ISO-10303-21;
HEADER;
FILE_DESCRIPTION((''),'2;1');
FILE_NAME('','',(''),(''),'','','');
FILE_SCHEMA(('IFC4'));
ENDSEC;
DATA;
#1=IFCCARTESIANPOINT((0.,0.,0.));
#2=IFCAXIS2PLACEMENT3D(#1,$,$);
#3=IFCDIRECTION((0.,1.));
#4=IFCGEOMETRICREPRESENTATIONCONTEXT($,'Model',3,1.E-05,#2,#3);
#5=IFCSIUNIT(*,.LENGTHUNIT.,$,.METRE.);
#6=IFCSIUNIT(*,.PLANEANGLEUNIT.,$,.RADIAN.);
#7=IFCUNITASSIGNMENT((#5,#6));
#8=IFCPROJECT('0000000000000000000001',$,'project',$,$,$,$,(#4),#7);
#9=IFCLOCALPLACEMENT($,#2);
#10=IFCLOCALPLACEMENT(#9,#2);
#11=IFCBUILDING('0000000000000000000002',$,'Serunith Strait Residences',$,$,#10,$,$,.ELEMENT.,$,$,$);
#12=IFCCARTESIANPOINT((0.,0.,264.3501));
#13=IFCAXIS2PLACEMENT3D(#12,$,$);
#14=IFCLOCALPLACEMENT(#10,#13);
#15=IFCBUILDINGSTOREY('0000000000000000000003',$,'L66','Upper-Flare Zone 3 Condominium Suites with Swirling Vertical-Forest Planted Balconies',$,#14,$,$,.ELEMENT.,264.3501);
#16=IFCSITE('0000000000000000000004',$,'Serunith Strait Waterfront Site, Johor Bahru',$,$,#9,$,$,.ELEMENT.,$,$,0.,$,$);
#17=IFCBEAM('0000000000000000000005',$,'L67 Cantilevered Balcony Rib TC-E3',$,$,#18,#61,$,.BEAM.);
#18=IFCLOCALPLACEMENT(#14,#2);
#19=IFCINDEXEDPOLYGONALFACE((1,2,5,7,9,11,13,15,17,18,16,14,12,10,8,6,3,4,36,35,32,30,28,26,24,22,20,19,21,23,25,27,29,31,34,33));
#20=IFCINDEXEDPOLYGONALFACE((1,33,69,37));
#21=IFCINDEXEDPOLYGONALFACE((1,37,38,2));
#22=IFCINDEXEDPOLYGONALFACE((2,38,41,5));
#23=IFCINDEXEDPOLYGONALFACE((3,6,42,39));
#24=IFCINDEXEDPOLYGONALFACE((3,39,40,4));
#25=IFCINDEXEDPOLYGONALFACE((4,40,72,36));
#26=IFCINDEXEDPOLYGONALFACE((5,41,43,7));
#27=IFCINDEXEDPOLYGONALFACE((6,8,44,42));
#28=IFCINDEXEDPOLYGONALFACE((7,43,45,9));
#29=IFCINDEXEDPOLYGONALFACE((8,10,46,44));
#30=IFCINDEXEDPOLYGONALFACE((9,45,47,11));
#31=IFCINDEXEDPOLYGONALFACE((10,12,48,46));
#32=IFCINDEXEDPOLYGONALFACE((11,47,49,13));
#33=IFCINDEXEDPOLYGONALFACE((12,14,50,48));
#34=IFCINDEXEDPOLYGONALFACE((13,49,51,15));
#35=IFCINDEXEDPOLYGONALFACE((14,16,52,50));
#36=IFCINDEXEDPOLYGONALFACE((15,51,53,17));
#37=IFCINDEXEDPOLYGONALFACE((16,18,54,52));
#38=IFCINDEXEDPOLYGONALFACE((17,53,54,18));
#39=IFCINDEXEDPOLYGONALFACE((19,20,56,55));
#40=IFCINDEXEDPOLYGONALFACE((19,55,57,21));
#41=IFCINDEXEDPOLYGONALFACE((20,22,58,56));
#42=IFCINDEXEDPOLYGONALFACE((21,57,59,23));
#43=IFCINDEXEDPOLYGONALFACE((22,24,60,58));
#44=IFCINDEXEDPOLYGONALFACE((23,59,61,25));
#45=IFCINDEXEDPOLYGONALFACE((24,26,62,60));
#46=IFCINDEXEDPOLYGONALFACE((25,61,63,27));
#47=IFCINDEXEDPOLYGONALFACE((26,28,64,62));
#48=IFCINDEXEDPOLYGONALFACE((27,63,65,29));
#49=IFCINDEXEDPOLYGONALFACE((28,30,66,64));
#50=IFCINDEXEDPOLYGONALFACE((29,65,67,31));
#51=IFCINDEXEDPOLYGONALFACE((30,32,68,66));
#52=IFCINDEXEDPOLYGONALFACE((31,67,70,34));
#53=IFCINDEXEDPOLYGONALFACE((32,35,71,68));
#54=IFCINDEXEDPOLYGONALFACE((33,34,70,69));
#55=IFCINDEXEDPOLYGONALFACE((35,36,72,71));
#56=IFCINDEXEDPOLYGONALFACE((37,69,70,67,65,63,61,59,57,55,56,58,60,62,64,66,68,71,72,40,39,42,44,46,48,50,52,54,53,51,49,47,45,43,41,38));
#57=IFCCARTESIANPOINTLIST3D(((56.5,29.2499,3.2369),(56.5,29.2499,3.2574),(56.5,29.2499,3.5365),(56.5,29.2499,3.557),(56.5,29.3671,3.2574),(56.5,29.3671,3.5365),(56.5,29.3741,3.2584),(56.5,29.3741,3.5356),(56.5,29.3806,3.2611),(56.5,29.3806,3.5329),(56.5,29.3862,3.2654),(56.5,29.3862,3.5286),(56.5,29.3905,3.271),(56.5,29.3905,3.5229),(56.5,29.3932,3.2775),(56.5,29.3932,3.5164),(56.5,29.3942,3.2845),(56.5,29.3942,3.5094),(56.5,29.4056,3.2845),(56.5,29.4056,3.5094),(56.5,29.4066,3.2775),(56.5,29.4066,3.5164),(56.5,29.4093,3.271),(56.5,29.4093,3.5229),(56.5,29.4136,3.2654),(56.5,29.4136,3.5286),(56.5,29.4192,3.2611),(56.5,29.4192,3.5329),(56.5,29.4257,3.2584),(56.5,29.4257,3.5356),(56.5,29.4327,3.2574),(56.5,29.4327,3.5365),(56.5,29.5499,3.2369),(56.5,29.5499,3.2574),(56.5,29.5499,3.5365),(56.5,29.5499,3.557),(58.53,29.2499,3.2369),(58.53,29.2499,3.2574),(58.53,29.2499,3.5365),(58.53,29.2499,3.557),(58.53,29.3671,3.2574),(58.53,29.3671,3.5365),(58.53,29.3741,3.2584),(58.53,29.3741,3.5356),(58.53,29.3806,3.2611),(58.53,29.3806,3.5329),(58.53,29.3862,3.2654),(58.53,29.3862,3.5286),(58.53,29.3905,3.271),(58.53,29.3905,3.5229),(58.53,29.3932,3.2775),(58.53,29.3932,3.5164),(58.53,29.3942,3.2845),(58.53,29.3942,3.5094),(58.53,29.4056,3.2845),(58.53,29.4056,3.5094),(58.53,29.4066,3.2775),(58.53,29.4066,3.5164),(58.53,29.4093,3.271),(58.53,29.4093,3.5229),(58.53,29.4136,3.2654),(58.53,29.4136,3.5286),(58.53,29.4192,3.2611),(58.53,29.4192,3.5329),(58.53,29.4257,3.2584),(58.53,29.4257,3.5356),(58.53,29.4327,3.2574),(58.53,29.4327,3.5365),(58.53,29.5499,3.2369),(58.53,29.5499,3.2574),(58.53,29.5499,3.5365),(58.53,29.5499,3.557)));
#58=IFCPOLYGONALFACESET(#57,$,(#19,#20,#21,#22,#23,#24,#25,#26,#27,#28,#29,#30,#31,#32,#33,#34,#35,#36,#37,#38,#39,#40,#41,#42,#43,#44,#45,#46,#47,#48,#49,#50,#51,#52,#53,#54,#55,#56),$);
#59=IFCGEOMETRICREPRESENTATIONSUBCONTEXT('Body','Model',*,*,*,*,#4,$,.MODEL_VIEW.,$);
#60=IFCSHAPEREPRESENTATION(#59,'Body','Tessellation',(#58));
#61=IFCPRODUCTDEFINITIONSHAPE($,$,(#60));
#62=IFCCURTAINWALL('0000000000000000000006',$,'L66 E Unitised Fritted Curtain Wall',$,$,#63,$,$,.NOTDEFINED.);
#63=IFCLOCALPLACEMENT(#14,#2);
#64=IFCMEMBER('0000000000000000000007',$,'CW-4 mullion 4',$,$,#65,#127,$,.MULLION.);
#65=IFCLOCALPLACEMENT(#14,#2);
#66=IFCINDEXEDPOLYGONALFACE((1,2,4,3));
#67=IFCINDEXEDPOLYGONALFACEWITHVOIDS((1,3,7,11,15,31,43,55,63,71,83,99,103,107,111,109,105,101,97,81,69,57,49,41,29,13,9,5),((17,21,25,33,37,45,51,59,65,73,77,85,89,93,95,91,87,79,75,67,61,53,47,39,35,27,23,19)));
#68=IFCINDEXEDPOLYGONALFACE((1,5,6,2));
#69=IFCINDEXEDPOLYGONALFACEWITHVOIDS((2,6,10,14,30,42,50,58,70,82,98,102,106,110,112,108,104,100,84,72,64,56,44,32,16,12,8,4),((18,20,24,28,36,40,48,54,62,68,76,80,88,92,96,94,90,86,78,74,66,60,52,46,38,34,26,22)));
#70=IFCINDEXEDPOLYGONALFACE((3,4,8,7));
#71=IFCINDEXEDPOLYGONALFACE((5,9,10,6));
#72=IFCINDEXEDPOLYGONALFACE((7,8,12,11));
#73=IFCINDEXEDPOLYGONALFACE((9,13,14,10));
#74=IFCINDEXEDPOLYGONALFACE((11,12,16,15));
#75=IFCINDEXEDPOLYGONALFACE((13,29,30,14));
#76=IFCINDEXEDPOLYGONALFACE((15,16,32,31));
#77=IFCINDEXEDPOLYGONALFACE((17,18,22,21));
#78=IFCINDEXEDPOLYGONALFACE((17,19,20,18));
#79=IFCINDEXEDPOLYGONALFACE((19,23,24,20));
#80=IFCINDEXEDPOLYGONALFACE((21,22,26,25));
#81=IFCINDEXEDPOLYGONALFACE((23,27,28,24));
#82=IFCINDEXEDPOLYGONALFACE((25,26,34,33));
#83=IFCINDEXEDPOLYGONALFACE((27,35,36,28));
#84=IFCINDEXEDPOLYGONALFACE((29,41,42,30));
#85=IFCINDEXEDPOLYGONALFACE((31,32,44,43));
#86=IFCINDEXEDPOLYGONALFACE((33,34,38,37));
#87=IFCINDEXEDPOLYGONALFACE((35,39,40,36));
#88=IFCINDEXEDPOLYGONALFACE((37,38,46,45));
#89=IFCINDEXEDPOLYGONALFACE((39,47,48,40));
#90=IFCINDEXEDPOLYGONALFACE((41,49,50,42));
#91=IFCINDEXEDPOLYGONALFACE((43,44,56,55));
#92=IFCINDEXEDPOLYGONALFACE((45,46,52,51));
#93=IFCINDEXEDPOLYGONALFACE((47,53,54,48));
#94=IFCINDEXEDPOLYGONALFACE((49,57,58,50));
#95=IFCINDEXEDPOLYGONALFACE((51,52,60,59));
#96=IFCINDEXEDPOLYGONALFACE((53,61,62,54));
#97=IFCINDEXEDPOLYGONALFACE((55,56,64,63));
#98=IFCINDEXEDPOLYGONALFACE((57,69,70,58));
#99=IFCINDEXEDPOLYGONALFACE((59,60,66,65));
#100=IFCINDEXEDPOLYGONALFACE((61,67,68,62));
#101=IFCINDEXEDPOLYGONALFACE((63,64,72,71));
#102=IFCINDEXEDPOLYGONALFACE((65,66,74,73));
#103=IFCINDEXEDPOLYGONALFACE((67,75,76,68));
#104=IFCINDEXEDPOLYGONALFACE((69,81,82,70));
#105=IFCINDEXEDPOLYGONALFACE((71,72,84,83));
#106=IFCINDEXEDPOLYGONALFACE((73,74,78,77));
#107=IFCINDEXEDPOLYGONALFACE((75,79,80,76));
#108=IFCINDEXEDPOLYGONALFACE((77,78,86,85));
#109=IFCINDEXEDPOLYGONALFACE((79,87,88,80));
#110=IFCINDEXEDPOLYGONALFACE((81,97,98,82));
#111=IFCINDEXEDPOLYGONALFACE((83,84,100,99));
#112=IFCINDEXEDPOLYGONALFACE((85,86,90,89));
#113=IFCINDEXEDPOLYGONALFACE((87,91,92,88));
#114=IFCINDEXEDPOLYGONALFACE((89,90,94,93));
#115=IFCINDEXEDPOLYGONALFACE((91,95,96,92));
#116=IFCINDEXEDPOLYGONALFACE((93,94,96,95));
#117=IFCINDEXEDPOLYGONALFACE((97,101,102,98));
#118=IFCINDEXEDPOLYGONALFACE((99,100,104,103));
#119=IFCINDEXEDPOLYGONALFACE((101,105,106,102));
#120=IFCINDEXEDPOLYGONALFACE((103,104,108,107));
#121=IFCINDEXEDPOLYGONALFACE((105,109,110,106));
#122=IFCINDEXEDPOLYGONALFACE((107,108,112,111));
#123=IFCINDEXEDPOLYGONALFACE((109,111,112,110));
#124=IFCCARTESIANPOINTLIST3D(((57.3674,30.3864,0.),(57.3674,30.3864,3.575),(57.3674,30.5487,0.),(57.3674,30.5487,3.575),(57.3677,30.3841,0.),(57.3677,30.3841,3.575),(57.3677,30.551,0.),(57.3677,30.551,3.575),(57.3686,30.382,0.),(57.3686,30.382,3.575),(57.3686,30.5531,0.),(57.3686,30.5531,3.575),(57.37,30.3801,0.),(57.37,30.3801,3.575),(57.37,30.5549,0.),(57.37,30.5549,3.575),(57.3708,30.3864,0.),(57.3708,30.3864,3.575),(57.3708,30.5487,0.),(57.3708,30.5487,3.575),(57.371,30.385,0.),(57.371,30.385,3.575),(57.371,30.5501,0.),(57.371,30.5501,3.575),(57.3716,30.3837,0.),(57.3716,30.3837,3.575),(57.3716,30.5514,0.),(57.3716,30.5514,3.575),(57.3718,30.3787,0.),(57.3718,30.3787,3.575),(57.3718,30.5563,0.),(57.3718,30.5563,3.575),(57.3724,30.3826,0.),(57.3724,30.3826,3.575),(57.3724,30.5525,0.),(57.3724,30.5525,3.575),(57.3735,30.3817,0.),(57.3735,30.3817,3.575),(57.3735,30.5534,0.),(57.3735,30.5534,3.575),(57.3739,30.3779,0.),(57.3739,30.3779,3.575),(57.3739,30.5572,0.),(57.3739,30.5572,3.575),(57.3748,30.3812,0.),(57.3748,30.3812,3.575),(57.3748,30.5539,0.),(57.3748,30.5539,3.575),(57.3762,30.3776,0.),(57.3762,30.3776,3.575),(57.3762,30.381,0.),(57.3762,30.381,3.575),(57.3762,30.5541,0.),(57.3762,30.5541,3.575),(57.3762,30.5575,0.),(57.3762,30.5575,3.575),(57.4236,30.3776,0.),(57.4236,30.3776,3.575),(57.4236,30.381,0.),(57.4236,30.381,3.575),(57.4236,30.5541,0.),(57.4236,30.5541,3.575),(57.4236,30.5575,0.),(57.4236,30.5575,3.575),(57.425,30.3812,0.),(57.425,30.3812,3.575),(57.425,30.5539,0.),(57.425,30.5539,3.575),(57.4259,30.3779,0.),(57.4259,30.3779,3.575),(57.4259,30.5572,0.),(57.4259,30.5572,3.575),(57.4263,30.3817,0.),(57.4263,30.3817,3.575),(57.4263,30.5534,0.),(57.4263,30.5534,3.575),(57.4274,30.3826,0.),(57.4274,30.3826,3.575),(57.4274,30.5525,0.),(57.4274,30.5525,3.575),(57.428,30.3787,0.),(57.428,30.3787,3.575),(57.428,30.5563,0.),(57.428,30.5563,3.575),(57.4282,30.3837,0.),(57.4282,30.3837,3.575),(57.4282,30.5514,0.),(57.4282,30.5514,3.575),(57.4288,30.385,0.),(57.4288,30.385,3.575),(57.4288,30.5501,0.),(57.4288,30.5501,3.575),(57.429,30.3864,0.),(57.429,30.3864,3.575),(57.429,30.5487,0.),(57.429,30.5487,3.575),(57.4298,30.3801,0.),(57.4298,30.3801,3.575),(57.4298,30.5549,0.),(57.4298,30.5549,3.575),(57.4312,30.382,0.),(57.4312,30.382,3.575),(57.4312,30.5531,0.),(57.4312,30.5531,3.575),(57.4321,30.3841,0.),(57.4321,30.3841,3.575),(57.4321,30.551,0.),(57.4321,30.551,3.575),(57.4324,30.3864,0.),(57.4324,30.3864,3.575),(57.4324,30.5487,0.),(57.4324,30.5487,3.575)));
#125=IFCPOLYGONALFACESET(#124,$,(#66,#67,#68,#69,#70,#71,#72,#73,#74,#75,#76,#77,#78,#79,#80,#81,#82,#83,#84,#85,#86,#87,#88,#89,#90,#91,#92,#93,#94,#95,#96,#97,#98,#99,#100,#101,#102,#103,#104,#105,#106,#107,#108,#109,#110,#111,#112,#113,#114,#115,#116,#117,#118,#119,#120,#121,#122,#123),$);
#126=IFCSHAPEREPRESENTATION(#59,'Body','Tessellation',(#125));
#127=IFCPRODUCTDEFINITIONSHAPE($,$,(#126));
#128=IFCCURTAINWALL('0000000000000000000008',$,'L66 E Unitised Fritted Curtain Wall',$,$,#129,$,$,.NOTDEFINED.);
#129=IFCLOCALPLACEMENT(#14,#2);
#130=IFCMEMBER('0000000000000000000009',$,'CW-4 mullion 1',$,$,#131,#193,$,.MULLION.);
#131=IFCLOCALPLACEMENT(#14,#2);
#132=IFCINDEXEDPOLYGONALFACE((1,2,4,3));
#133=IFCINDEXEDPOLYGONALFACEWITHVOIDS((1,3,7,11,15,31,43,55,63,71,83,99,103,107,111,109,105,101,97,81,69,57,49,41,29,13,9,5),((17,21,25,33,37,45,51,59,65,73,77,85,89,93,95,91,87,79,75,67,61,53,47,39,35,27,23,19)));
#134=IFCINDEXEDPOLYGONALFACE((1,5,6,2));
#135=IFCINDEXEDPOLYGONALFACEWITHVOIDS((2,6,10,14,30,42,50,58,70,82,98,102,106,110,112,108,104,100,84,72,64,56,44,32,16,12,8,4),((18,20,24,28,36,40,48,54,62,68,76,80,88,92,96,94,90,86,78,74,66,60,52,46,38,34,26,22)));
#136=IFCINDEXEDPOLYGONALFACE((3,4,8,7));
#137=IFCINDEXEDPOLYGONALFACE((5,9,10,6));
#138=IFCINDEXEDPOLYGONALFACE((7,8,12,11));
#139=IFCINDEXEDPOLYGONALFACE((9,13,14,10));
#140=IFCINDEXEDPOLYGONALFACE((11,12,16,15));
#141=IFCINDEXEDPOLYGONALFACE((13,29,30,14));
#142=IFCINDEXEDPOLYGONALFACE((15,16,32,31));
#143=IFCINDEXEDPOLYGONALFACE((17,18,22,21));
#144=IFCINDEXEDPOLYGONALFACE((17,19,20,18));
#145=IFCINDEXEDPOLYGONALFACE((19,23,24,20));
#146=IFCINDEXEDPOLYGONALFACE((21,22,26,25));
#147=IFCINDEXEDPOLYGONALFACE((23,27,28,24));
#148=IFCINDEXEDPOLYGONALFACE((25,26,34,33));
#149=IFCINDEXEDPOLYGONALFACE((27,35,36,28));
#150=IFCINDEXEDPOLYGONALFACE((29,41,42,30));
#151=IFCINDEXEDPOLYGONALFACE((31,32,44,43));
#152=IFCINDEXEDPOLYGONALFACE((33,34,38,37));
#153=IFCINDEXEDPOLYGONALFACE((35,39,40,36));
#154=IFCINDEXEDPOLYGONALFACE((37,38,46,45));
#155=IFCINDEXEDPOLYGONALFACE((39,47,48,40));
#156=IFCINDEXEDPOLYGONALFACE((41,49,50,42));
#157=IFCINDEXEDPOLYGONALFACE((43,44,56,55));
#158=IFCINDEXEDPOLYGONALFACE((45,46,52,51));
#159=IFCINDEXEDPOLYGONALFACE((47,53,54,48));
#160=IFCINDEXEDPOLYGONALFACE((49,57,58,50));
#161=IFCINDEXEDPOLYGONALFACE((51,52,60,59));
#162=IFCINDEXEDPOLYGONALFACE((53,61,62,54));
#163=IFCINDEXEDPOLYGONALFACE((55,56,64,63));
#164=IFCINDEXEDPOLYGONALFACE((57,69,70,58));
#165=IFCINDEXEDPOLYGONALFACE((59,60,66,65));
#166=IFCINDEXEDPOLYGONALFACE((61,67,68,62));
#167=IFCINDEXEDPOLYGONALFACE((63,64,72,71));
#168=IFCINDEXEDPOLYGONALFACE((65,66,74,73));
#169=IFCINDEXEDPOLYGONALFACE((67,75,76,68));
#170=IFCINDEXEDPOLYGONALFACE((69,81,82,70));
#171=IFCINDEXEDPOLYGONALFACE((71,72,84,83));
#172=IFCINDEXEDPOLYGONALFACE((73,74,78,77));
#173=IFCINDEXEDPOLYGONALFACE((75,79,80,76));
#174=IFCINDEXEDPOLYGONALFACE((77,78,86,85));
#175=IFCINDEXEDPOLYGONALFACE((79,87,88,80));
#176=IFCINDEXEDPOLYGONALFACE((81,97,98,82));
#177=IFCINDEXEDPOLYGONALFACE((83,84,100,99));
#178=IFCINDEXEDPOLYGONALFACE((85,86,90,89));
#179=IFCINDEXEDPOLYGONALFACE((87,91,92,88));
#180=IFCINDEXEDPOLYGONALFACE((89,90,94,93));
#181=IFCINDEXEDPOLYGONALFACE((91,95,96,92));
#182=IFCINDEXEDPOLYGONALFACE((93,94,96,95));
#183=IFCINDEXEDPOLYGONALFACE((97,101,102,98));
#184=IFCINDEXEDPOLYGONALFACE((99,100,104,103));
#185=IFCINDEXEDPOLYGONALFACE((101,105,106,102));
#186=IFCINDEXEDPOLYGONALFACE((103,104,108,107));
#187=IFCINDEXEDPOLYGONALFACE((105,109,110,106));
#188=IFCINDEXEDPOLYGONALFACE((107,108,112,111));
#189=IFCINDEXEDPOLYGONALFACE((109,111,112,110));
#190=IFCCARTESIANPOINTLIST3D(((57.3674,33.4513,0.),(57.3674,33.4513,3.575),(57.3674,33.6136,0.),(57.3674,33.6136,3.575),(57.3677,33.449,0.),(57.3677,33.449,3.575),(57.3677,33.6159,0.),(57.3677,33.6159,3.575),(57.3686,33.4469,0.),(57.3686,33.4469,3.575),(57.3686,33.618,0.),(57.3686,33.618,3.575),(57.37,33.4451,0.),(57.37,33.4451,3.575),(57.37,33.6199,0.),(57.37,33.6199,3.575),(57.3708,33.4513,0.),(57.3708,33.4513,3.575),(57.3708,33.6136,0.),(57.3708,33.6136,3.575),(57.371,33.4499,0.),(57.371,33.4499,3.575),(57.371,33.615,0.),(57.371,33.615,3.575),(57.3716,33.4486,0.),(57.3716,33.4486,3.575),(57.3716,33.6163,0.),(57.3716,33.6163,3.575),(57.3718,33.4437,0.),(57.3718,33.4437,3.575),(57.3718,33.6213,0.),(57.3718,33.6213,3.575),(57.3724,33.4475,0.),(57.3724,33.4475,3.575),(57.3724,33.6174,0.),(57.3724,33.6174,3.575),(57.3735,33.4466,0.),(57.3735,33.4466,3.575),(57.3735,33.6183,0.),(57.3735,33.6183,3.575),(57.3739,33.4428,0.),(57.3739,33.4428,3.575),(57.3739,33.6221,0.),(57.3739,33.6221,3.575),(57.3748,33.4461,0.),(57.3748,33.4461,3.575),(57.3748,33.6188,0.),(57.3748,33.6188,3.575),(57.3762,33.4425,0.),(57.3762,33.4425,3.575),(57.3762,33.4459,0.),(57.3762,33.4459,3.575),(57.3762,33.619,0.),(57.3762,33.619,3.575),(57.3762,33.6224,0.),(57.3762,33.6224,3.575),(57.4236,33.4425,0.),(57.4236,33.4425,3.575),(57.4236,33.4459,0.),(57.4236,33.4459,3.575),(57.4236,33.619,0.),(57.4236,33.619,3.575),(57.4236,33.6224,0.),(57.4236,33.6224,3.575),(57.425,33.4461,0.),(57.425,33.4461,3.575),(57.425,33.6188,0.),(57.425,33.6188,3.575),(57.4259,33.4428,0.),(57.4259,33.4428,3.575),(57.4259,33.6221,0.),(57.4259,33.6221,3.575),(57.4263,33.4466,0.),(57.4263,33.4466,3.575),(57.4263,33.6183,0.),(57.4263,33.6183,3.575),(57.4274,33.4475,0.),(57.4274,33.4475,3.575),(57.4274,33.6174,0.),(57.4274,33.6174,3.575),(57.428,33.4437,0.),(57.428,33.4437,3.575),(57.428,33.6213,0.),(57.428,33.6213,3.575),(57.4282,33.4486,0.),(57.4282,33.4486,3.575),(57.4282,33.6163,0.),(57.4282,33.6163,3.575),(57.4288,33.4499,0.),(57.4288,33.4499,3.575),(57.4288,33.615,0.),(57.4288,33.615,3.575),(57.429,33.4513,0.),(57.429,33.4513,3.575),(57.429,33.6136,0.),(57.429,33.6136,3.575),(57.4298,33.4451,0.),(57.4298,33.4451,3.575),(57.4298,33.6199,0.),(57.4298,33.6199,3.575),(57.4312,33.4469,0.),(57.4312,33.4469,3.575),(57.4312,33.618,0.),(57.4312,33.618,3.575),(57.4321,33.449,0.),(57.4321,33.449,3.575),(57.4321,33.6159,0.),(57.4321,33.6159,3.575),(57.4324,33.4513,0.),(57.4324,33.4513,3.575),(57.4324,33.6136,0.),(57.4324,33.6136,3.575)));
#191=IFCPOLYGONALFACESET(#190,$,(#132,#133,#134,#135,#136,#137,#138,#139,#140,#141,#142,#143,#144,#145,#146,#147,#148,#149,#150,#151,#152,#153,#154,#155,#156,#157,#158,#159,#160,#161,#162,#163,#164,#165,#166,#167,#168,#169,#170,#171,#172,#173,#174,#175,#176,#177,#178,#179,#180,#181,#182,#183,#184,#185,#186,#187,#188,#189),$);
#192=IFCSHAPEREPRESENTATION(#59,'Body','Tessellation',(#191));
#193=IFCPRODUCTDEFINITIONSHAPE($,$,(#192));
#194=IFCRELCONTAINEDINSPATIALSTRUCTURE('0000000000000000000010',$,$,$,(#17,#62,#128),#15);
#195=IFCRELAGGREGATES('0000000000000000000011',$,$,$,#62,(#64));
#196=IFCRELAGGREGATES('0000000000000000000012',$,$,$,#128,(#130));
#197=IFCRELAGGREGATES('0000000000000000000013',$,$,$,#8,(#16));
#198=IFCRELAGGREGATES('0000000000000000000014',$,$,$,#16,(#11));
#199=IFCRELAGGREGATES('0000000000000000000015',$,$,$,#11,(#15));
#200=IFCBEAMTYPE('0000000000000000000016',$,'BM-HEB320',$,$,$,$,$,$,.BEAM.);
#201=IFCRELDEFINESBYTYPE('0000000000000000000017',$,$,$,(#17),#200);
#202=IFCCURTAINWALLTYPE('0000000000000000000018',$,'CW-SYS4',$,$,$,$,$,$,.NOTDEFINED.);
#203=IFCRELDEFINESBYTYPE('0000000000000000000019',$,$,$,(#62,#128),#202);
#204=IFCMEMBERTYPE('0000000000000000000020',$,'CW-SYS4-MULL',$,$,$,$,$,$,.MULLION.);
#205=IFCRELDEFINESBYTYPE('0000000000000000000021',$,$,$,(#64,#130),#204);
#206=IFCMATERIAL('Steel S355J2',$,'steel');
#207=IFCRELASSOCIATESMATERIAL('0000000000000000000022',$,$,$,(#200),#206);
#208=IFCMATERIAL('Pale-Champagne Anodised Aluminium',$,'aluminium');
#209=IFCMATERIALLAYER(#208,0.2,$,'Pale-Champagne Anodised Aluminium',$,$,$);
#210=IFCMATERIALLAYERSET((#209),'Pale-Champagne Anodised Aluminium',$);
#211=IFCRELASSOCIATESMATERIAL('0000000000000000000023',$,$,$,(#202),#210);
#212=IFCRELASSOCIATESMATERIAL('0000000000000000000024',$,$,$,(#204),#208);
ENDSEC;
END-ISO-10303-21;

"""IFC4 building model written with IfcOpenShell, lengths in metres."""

from ifc_helpers import new_model, si_unit, direction, frame, origin, origin_2d, place, context, subcontext, project, spatial, hollow_rectangle, i_section, extrude, source, transform, mapped, material, layer, layer_set, material_profile, profile_set, type_object, element, aggregate, save


model = new_model("IFC4")

# Units and contexts
model_context = context("Model", 3, precision=1e-05, world=origin(), true_north=direction((0.0, 1.0)))
body_context = subcontext(model_context, "Body", "Model", "MODEL_VIEW")
ifc_project = project(units=[si_unit("LENGTHUNIT", "METRE"), si_unit("PLANEANGLEUNIT", "RADIAN")], contexts=[model_context])

# Site, building, storey
site_placement = place(None, origin())
site = spatial("IfcSite", under=ifc_project, at=site_placement, Name="Serunith Strait Waterfront Site, Johor Bahru", CompositionType="ELEMENT", RefElevation=0.0)
building_placement = place(site_placement, origin())
building = spatial("IfcBuilding", under=site, at=building_placement, Name="Serunith Strait Residences", CompositionType="ELEMENT")
storey_placement = place(building_placement, frame((0.0, 0.0, 264.3501)))
storey = spatial("IfcBuildingStorey", under=building, at=storey_placement, Name="L66", Description="Upper-Flare Zone 3 Condominium Suites with Swirling Vertical-Forest Planted Balconies", CompositionType="ELEMENT", Elevation=264.3501)

# Beam
ifc_material_1 = material(Name="Steel S355J2", Category="steel")
ifc_material_profile_1 = material_profile(ifc_material_1, i_section(OverallWidth=0.3, OverallDepth=0.3201, WebThickness=0.0115, FlangeThickness=0.0205, FilletRadius=0.0271, at=origin_2d()), Name="HEB 320")
ifc_profile_set_1 = profile_set([ifc_material_profile_1], Name="Steel S355J2")
beam_type_1 = type_object("IfcBeamType", Name="BM-HEB320", PredefinedType="BEAM", material=ifc_profile_set_1)
shared_shape_1 = source(origin(), body_context, "Body", "SweptSolid", [
    extrude(i_section(OverallWidth=0.3, OverallDepth=0.3201, WebThickness=0.0115, FlangeThickness=0.0205, FilletRadius=0.0271, at=origin_2d()), origin(), (0.0, 0.0, 1.0), 2.03),
])
beam_1_placement = place(storey_placement, frame((56.5, 29.3999, 3.397), z_axis=(1.0, 0.0, 0.0), x_axis=(0.0, 1.0, 0.0)))
element("IfcBeam", 1, at=beam_1_placement, inside=storey, type_object=beam_type_1, Name="L67 Cantilevered Balcony Rib TC-E3", PredefinedType="BEAM", context=body_context, shape_type="MappedRepresentation", body=[
    mapped(shared_shape_1, transform((0.0, 0.0, 0.0), scale=1.0)),
])

# Curtain wall, member
ifc_material_2 = material(Name="Pale-Champagne Anodised Aluminium", Category="aluminium")
ifc_layer_1 = layer(ifc_material_2, 0.2, Name="Pale-Champagne Anodised Aluminium")
ifc_layer_set_1 = layer_set([ifc_layer_1], Name="Pale-Champagne Anodised Aluminium")
curtain_wall_type = type_object("IfcCurtainWallType", Name="CW-SYS4", PredefinedType="NOTDEFINED", material=ifc_layer_set_1)
curtain_wall_1_placement = place(storey_placement, origin())
curtain_wall_1 = element("IfcCurtainWall", 2, at=curtain_wall_1_placement, inside=storey, type_object=curtain_wall_type, Name="L66 E Unitised Fritted Curtain Wall", PredefinedType="NOTDEFINED")
ifc_material_profile_2 = material_profile(ifc_material_2, hollow_rectangle(XDim=0.0649, YDim=0.1799, WallThickness=0.0034, InnerFilletRadius=0.0054, OuterFilletRadius=0.0088, at=origin_2d()), Name="ALU 180x65x3.5")
ifc_profile_set_2 = profile_set([ifc_material_profile_2], Name="Pale-Champagne Anodised Aluminium")
member_type_1 = type_object("IfcMemberType", Name="CW-SYS4-MULL", PredefinedType="MULLION", material=ifc_profile_set_2)
shared_shape_2 = source(origin(), body_context, "Body", "SweptSolid", [
    extrude(hollow_rectangle(XDim=0.0649, YDim=0.1799, WallThickness=0.0034, InnerFilletRadius=0.0054, OuterFilletRadius=0.0088, at=origin_2d()), origin(), (0.0, 0.0, 1.0), 3.575),
])
member_1_placement = place(storey_placement, frame((57.3999, 30.4675, 0.0), z_axis=(0.0, 0.0, 1.0), x_axis=(-1.0, 0.0, 0.0)))
member_1 = element("IfcMember", 3, at=member_1_placement, type_object=member_type_1, Name="CW-4 mullion 4", PredefinedType="MULLION", context=body_context, shape_type="MappedRepresentation", body=[
    mapped(shared_shape_2, transform((0.0, 0.0, 0.0), scale=1.0)),
])

# Curtain wall, member
curtain_wall_2_placement = place(storey_placement, origin())
curtain_wall_2 = element("IfcCurtainWall", 4, at=curtain_wall_2_placement, inside=storey, type_object=curtain_wall_type, Name="L66 E Unitised Fritted Curtain Wall", PredefinedType="NOTDEFINED")
member_2_placement = place(storey_placement, frame((57.3999, 33.5325, 0.0), z_axis=(0.0, 0.0, 1.0), x_axis=(-1.0, 0.0, 0.0)))
member_2 = element("IfcMember", 5, at=member_2_placement, type_object=member_type_1, Name="CW-4 mullion 1", PredefinedType="MULLION", context=body_context, shape_type="MappedRepresentation", body=[
    mapped(shared_shape_2, transform((0.0, 0.0, 0.0), scale=1.0)),
])

aggregate(curtain_wall_1, [member_1])
aggregate(curtain_wall_2, [member_2])

save(model, "model.ifc")
